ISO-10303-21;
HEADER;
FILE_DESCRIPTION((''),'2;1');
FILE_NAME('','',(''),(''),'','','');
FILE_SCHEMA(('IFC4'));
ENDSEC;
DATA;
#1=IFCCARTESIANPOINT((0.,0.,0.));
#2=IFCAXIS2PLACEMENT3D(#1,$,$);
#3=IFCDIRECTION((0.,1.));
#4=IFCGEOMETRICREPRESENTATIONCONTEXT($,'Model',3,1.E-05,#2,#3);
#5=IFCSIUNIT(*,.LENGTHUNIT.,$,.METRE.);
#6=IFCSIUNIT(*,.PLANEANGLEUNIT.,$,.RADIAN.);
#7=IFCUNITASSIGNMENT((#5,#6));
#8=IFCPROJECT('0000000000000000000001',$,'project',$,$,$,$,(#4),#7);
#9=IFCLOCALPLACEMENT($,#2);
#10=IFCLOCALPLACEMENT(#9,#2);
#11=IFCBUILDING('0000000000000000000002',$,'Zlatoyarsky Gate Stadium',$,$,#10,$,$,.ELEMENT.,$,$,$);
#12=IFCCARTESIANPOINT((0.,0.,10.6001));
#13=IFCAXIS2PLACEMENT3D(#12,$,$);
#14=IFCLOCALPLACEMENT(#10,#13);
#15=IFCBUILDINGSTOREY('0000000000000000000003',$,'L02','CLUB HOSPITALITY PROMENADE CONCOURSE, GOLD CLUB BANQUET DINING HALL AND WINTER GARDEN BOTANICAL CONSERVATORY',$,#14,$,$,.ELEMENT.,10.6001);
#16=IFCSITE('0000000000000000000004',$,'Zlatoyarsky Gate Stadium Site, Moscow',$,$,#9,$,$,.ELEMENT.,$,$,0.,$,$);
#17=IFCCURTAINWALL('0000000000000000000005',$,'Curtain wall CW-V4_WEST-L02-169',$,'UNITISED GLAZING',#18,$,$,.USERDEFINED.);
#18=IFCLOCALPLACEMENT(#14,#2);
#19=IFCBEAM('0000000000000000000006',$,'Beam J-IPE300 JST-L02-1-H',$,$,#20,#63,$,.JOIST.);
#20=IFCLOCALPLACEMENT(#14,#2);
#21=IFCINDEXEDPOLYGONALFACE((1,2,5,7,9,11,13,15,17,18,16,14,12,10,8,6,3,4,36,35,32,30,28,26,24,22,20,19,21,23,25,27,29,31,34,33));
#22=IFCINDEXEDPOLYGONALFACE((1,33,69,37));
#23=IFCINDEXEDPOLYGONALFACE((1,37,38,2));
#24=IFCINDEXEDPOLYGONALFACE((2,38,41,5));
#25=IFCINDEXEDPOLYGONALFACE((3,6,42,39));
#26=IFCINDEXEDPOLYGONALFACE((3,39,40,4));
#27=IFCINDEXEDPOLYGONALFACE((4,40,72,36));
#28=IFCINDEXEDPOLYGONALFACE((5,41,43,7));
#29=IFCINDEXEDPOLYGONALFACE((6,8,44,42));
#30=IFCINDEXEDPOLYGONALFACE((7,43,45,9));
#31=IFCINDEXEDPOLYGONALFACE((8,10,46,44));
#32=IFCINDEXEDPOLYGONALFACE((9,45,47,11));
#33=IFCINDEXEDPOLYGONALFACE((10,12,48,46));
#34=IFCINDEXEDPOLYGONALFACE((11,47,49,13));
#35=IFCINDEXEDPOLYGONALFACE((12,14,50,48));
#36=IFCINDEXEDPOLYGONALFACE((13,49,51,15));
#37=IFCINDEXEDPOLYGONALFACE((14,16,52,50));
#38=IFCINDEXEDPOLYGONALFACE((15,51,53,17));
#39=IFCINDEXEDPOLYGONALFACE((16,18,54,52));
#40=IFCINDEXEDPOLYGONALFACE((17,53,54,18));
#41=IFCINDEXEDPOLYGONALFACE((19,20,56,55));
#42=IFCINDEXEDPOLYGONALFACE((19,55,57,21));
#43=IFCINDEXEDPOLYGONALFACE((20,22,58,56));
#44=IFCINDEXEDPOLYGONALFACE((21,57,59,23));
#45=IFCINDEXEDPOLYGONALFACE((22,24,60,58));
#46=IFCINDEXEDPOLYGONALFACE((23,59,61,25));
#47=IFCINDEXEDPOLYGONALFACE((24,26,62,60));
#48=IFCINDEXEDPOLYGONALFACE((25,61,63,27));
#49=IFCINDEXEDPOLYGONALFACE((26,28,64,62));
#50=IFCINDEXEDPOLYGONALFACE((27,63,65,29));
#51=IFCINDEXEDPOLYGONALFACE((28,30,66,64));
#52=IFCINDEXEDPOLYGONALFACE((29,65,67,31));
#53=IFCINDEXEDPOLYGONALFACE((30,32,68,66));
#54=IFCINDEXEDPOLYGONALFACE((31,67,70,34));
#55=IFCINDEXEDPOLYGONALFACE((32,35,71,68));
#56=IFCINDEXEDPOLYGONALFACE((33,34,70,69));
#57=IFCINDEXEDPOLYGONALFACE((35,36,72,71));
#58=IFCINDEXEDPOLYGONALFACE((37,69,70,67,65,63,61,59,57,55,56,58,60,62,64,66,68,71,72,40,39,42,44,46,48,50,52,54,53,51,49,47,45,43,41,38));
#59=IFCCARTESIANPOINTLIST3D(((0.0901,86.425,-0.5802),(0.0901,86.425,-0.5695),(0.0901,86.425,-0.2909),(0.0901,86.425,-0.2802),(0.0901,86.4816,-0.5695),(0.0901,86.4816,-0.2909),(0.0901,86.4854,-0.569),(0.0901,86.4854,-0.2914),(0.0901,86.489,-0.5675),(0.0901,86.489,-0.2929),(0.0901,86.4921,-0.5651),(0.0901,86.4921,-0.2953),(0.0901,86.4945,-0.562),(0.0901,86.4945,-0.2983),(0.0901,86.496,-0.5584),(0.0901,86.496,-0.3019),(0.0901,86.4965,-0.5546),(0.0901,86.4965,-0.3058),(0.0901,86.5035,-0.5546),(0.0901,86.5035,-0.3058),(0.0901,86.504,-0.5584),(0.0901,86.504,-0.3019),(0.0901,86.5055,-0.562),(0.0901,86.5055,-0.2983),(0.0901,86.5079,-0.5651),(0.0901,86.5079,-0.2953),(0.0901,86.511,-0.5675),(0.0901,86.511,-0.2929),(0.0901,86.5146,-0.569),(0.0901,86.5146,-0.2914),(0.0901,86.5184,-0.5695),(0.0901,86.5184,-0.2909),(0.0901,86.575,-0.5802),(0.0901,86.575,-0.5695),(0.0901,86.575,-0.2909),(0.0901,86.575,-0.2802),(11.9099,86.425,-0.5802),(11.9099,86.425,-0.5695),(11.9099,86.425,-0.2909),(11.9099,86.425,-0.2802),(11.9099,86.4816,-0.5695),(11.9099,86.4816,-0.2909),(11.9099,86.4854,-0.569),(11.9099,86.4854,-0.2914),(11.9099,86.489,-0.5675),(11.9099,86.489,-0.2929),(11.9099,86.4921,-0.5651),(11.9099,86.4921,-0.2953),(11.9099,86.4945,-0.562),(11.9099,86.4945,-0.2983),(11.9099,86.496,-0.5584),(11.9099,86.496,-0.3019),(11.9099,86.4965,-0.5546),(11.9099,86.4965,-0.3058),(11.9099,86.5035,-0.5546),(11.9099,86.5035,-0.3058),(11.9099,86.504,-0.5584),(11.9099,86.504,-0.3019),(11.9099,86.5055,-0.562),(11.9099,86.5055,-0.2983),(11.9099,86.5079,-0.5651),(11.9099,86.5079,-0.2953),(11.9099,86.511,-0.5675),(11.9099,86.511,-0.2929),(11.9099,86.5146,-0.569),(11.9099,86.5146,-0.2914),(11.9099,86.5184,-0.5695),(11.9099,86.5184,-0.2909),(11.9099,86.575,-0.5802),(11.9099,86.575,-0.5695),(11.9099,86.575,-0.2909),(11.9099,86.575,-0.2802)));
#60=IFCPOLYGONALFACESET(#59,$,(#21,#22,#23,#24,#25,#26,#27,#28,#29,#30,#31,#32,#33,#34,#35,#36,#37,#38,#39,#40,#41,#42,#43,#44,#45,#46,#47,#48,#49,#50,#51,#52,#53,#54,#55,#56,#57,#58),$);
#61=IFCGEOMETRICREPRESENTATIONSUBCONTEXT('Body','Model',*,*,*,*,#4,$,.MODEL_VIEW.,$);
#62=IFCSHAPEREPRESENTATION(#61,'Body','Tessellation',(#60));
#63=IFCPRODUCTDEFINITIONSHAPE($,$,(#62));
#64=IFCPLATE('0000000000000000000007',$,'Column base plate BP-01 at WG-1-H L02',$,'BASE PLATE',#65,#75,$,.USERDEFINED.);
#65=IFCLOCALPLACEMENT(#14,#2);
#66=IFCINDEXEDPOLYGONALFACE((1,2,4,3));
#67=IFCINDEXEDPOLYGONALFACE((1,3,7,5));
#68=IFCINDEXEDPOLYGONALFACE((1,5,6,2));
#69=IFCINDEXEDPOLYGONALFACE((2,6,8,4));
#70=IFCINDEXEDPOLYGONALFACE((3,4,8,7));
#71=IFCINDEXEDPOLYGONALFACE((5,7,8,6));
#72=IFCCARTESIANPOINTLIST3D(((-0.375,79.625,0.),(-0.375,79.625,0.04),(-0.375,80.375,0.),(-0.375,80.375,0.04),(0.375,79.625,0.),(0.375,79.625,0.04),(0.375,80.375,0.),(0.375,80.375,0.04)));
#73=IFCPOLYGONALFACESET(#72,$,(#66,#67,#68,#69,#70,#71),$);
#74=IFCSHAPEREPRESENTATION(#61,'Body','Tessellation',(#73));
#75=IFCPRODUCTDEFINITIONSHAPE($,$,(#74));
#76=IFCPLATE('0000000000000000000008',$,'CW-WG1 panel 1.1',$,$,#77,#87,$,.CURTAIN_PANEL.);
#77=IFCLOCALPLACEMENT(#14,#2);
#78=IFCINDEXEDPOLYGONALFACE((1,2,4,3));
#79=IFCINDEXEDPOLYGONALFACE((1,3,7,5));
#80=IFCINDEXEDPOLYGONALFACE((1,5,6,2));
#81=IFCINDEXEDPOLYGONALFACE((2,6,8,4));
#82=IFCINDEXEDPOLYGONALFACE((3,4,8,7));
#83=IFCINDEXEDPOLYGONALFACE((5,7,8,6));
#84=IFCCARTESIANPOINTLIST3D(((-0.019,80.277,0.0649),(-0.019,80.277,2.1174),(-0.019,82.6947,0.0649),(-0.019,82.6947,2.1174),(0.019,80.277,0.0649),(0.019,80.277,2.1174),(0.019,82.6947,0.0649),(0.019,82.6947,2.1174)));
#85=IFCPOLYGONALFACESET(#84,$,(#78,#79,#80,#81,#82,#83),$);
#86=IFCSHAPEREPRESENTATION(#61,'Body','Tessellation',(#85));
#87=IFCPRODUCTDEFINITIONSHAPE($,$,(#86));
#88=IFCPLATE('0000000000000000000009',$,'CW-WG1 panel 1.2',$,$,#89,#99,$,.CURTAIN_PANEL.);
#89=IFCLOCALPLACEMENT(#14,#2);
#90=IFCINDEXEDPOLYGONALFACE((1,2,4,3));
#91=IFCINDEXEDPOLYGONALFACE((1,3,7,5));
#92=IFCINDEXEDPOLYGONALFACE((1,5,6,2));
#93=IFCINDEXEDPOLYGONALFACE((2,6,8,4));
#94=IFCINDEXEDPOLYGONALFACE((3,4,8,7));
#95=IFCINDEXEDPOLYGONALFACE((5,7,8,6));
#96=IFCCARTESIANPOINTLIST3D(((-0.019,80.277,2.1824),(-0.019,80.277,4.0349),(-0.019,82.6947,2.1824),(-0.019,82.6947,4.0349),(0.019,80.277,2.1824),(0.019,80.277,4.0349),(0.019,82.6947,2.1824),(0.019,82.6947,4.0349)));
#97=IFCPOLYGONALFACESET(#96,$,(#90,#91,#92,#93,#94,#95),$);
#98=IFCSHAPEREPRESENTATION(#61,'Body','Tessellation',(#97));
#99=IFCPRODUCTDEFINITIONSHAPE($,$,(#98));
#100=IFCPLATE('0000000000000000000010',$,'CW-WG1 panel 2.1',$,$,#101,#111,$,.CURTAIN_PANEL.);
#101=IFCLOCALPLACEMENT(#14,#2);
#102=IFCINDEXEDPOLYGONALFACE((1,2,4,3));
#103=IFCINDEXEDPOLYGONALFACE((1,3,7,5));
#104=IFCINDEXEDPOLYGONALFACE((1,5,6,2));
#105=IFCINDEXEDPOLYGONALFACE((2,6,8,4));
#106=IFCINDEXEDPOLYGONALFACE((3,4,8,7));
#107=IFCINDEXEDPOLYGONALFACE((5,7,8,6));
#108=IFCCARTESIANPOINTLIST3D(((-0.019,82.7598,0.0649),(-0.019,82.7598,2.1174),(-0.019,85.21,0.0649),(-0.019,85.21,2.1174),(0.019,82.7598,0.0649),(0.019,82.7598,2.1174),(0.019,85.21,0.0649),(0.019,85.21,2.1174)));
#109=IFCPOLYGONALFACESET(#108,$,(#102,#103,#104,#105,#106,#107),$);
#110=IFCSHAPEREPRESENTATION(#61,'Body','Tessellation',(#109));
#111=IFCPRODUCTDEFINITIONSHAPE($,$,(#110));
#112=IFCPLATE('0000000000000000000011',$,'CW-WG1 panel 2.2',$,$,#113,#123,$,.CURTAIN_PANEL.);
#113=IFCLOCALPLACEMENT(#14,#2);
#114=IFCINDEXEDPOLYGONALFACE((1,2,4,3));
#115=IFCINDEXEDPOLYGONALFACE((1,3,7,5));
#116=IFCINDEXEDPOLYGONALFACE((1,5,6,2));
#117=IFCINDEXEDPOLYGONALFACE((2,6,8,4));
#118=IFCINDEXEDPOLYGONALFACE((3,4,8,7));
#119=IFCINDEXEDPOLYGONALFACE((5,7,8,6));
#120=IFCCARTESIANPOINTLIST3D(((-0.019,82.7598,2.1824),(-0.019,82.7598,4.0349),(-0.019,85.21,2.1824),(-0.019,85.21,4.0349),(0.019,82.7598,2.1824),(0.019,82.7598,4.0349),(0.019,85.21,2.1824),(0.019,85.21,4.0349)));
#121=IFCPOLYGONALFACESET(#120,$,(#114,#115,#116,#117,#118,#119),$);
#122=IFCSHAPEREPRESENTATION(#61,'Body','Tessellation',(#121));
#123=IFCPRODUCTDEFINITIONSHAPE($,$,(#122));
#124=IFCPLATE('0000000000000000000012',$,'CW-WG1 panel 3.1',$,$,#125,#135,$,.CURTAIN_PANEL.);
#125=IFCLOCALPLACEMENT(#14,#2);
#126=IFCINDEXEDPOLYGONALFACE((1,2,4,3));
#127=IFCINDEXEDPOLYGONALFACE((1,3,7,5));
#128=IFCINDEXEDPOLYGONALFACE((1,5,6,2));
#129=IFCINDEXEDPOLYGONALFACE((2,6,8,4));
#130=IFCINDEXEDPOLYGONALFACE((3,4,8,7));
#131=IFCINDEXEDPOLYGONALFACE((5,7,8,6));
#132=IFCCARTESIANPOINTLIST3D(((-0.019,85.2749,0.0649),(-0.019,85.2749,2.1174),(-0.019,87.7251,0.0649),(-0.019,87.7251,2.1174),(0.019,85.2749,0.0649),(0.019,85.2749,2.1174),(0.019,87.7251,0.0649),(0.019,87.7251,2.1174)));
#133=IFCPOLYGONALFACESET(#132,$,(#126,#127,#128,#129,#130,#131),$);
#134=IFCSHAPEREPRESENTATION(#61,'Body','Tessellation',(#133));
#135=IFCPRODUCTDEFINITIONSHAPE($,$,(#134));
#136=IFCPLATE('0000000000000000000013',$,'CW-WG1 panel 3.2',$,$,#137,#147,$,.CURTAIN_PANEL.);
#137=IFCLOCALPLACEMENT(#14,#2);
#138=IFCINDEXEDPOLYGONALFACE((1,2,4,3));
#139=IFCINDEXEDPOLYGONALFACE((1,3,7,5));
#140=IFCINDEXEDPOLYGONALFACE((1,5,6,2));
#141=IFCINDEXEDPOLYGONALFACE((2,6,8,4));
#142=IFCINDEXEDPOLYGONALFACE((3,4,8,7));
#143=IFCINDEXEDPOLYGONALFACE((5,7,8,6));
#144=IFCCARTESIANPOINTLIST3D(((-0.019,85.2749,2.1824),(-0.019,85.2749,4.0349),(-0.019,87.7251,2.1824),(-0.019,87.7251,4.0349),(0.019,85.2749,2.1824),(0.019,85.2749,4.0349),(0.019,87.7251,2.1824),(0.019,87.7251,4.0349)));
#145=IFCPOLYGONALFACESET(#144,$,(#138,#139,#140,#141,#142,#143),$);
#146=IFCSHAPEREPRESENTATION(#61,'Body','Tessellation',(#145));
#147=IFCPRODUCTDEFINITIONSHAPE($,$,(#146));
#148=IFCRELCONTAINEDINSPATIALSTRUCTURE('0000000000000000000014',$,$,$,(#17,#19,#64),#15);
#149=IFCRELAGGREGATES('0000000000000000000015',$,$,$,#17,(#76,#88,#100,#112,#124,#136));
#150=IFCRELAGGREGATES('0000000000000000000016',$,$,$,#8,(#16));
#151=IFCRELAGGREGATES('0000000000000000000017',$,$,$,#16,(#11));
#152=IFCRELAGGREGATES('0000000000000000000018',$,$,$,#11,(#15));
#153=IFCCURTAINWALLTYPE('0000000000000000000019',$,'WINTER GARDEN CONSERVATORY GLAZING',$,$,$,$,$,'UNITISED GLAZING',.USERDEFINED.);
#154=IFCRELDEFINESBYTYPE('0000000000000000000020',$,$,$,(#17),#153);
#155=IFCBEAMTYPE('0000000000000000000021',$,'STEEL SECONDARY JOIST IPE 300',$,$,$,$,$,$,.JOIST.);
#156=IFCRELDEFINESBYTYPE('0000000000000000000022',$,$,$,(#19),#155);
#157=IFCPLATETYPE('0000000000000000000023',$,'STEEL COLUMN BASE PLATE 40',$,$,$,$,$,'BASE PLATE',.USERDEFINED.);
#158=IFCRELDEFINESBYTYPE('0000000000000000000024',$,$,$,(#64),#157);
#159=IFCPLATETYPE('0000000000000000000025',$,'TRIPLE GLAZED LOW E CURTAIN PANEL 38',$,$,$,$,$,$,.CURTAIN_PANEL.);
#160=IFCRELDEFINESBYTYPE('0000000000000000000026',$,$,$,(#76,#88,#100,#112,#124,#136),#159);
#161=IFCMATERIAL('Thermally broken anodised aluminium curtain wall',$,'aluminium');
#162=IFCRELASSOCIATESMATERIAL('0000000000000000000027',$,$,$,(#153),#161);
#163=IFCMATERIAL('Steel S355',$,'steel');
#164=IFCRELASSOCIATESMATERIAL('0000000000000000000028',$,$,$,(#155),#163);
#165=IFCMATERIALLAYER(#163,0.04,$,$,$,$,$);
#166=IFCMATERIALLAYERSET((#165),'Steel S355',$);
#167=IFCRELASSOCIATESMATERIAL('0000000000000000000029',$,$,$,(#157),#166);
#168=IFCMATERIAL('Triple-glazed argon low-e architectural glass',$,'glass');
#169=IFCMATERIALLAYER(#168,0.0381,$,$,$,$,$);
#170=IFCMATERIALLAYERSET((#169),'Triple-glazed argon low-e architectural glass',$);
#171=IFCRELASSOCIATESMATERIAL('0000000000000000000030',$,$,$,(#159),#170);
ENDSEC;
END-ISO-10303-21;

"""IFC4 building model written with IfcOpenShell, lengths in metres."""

from ifc_helpers import new_model, si_unit, direction, frame, origin, origin_2d, place, context, subcontext, project, spatial, rectangle, i_section, extrude, material, layer, layer_set, material_profile, profile_set, type_object, element, aggregate, save


model = new_model("IFC4")

# Units and contexts
model_context = context("Model", 3, precision=1e-05, world=origin(), true_north=direction((0.0, 1.0)))
body_context = subcontext(model_context, "Body", "Model", "MODEL_VIEW")
ifc_project = project(units=[si_unit("LENGTHUNIT", "METRE"), si_unit("PLANEANGLEUNIT", "RADIAN")], contexts=[model_context])

# Site, building, storey
site_placement = place(None, origin())
site = spatial("IfcSite", under=ifc_project, at=site_placement, Name="Zlatoyarsky Gate Stadium Site, Moscow", CompositionType="ELEMENT", RefElevation=0.0)
building_placement = place(site_placement, origin())
building = spatial("IfcBuilding", under=site, at=building_placement, Name="Zlatoyarsky Gate Stadium", CompositionType="ELEMENT")
storey_placement = place(building_placement, frame((0.0, 0.0, 10.6001)))
storey = spatial("IfcBuildingStorey", under=building, at=storey_placement, Name="L02", Description="CLUB HOSPITALITY PROMENADE CONCOURSE, GOLD CLUB BANQUET DINING HALL AND WINTER GARDEN BOTANICAL CONSERVATORY", CompositionType="ELEMENT", Elevation=10.6001)

# Shared definitions
ifc_material_1 = material(Name="Steel S355", Category="steel")

# Curtain wall
ifc_material_2 = material(Name="Thermally broken anodised aluminium curtain wall", Category="aluminium")
curtain_wall_type = type_object("IfcCurtainWallType", Name="WINTER GARDEN CONSERVATORY GLAZING", ElementType="UNITISED GLAZING", PredefinedType="USERDEFINED", material=ifc_material_2)
curtain_wall_placement = place(storey_placement, origin())
curtain_wall = element("IfcCurtainWall", 1, at=curtain_wall_placement, inside=storey, type_object=curtain_wall_type, Name="Curtain wall CW-V4_WEST-L02-169", ObjectType="UNITISED GLAZING", PredefinedType="USERDEFINED")

# Beam
ifc_material_profile_1 = material_profile(ifc_material_1, i_section(OverallWidth=0.1499, OverallDepth=0.3, WebThickness=0.0071, FlangeThickness=0.0107, FilletRadius=0.0149, at=origin_2d()), Name="IPE 300")
ifc_profile_set_1 = profile_set([ifc_material_profile_1], Name="Steel S355")
beam_type_1 = type_object("IfcBeamType", Name="STEEL SECONDARY JOIST IPE 300", PredefinedType="JOIST", material=ifc_profile_set_1)
beam_1_placement = place(storey_placement, frame((0.0901, 86.5, -0.4302), z_axis=(1.0, 0.0, 0.0), x_axis=(0.0, 1.0, 0.0)))
element("IfcBeam", 2, at=beam_1_placement, inside=storey, type_object=beam_type_1, Name="Beam J-IPE300 JST-L02-1-H", PredefinedType="JOIST", context=body_context, shape_type="SweptSolid", body=[
    extrude(i_section(OverallWidth=0.1499, OverallDepth=0.3, WebThickness=0.0071, FlangeThickness=0.0107, FilletRadius=0.0149, at=origin_2d()), origin(), (0.0, 0.0, 1.0), 11.8198),
])

# Plates
ifc_layer_1 = layer(ifc_material_1, 0.04)
ifc_layer_set_1 = layer_set([ifc_layer_1], Name="Steel S355")
plate_type_1 = type_object("IfcPlateType", Name="STEEL COLUMN BASE PLATE 40", ElementType="BASE PLATE", PredefinedType="USERDEFINED", material=ifc_layer_set_1)
plate_1_placement = place(storey_placement, frame((0.0, 80.0, 0.0), z_axis=(0.0, 0.0, 1.0), x_axis=(1.0, 0.0, 0.0)))
element("IfcPlate", 3, at=plate_1_placement, inside=storey, type_object=plate_type_1, Name="Column base plate BP-01 at WG-1-H L02", ObjectType="BASE PLATE", PredefinedType="USERDEFINED", context=body_context, shape_type="SweptSolid", body=[
    extrude(rectangle(XDim=0.75, YDim=0.75, at=origin_2d()), origin(), (0.0, 0.0, 1.0), 0.04),
])
ifc_material_3 = material(Name="Triple-glazed argon low-e architectural glass", Category="glass")
ifc_layer_2 = layer(ifc_material_3, 0.0381)
ifc_layer_set_2 = layer_set([ifc_layer_2], Name="Triple-glazed argon low-e architectural glass")
plate_type_2 = type_object("IfcPlateType", Name="TRIPLE GLAZED LOW E CURTAIN PANEL 38", PredefinedType="CURTAIN_PANEL", material=ifc_layer_set_2)
plate_2_placement = place(storey_placement, frame((0.0, 81.4858, 0.0649), z_axis=(0.0, 0.0, 1.0), x_axis=(0.0, 1.0, 0.0)))
plate_2 = element("IfcPlate", 4, at=plate_2_placement, type_object=plate_type_2, Name="CW-WG1 panel 1.1", PredefinedType="CURTAIN_PANEL", context=body_context, shape_type="SweptSolid", body=[
    extrude(rectangle(XDim=2.4177, YDim=0.0381, at=origin_2d()), origin(), (0.0, 0.0, 1.0), 2.0525),
])
plate_3_placement = place(storey_placement, frame((0.0, 81.4858, 2.1824), z_axis=(0.0, 0.0, 1.0), x_axis=(0.0, 1.0, 0.0)))
plate_3 = element("IfcPlate", 5, at=plate_3_placement, type_object=plate_type_2, Name="CW-WG1 panel 1.2", PredefinedType="CURTAIN_PANEL", context=body_context, shape_type="SweptSolid", body=[
    extrude(rectangle(XDim=2.4177, YDim=0.0381, at=origin_2d()), origin(), (0.0, 0.0, 1.0), 1.8525),
])
plate_4_placement = place(storey_placement, frame((0.0, 83.9849, 0.0649), z_axis=(0.0, 0.0, 1.0), x_axis=(0.0, 1.0, 0.0)))
plate_4 = element("IfcPlate", 6, at=plate_4_placement, type_object=plate_type_2, Name="CW-WG1 panel 2.1", PredefinedType="CURTAIN_PANEL", context=body_context, shape_type="SweptSolid", body=[
    extrude(rectangle(XDim=2.4502, YDim=0.0381, at=origin_2d()), origin(), (0.0, 0.0, 1.0), 2.0525),
])
plate_5_placement = place(storey_placement, frame((0.0, 83.9849, 2.1824), z_axis=(0.0, 0.0, 1.0), x_axis=(0.0, 1.0, 0.0)))
plate_5 = element("IfcPlate", 7, at=plate_5_placement, type_object=plate_type_2, Name="CW-WG1 panel 2.2", PredefinedType="CURTAIN_PANEL", context=body_context, shape_type="SweptSolid", body=[
    extrude(rectangle(XDim=2.4502, YDim=0.0381, at=origin_2d()), origin(), (0.0, 0.0, 1.0), 1.8525),
])
plate_6_placement = place(storey_placement, frame((0.0, 86.5, 0.0649), z_axis=(0.0, 0.0, 1.0), x_axis=(0.0, 1.0, 0.0)))
plate_6 = element("IfcPlate", 8, at=plate_6_placement, type_object=plate_type_2, Name="CW-WG1 panel 3.1", PredefinedType="CURTAIN_PANEL", context=body_context, shape_type="SweptSolid", body=[
    extrude(rectangle(XDim=2.4502, YDim=0.0381, at=origin_2d()), origin(), (0.0, 0.0, 1.0), 2.0525),
])
plate_7_placement = place(storey_placement, frame((0.0, 86.5, 2.1824), z_axis=(0.0, 0.0, 1.0), x_axis=(0.0, 1.0, 0.0)))
plate_7 = element("IfcPlate", 9, at=plate_7_placement, type_object=plate_type_2, Name="CW-WG1 panel 3.2", PredefinedType="CURTAIN_PANEL", context=body_context, shape_type="SweptSolid", body=[
    extrude(rectangle(XDim=2.4502, YDim=0.0381, at=origin_2d()), origin(), (0.0, 0.0, 1.0), 1.8525),
])
aggregate(curtain_wall, [plate_2, plate_3, plate_4, plate_5, plate_6, plate_7])

save(model, "model.ifc")
